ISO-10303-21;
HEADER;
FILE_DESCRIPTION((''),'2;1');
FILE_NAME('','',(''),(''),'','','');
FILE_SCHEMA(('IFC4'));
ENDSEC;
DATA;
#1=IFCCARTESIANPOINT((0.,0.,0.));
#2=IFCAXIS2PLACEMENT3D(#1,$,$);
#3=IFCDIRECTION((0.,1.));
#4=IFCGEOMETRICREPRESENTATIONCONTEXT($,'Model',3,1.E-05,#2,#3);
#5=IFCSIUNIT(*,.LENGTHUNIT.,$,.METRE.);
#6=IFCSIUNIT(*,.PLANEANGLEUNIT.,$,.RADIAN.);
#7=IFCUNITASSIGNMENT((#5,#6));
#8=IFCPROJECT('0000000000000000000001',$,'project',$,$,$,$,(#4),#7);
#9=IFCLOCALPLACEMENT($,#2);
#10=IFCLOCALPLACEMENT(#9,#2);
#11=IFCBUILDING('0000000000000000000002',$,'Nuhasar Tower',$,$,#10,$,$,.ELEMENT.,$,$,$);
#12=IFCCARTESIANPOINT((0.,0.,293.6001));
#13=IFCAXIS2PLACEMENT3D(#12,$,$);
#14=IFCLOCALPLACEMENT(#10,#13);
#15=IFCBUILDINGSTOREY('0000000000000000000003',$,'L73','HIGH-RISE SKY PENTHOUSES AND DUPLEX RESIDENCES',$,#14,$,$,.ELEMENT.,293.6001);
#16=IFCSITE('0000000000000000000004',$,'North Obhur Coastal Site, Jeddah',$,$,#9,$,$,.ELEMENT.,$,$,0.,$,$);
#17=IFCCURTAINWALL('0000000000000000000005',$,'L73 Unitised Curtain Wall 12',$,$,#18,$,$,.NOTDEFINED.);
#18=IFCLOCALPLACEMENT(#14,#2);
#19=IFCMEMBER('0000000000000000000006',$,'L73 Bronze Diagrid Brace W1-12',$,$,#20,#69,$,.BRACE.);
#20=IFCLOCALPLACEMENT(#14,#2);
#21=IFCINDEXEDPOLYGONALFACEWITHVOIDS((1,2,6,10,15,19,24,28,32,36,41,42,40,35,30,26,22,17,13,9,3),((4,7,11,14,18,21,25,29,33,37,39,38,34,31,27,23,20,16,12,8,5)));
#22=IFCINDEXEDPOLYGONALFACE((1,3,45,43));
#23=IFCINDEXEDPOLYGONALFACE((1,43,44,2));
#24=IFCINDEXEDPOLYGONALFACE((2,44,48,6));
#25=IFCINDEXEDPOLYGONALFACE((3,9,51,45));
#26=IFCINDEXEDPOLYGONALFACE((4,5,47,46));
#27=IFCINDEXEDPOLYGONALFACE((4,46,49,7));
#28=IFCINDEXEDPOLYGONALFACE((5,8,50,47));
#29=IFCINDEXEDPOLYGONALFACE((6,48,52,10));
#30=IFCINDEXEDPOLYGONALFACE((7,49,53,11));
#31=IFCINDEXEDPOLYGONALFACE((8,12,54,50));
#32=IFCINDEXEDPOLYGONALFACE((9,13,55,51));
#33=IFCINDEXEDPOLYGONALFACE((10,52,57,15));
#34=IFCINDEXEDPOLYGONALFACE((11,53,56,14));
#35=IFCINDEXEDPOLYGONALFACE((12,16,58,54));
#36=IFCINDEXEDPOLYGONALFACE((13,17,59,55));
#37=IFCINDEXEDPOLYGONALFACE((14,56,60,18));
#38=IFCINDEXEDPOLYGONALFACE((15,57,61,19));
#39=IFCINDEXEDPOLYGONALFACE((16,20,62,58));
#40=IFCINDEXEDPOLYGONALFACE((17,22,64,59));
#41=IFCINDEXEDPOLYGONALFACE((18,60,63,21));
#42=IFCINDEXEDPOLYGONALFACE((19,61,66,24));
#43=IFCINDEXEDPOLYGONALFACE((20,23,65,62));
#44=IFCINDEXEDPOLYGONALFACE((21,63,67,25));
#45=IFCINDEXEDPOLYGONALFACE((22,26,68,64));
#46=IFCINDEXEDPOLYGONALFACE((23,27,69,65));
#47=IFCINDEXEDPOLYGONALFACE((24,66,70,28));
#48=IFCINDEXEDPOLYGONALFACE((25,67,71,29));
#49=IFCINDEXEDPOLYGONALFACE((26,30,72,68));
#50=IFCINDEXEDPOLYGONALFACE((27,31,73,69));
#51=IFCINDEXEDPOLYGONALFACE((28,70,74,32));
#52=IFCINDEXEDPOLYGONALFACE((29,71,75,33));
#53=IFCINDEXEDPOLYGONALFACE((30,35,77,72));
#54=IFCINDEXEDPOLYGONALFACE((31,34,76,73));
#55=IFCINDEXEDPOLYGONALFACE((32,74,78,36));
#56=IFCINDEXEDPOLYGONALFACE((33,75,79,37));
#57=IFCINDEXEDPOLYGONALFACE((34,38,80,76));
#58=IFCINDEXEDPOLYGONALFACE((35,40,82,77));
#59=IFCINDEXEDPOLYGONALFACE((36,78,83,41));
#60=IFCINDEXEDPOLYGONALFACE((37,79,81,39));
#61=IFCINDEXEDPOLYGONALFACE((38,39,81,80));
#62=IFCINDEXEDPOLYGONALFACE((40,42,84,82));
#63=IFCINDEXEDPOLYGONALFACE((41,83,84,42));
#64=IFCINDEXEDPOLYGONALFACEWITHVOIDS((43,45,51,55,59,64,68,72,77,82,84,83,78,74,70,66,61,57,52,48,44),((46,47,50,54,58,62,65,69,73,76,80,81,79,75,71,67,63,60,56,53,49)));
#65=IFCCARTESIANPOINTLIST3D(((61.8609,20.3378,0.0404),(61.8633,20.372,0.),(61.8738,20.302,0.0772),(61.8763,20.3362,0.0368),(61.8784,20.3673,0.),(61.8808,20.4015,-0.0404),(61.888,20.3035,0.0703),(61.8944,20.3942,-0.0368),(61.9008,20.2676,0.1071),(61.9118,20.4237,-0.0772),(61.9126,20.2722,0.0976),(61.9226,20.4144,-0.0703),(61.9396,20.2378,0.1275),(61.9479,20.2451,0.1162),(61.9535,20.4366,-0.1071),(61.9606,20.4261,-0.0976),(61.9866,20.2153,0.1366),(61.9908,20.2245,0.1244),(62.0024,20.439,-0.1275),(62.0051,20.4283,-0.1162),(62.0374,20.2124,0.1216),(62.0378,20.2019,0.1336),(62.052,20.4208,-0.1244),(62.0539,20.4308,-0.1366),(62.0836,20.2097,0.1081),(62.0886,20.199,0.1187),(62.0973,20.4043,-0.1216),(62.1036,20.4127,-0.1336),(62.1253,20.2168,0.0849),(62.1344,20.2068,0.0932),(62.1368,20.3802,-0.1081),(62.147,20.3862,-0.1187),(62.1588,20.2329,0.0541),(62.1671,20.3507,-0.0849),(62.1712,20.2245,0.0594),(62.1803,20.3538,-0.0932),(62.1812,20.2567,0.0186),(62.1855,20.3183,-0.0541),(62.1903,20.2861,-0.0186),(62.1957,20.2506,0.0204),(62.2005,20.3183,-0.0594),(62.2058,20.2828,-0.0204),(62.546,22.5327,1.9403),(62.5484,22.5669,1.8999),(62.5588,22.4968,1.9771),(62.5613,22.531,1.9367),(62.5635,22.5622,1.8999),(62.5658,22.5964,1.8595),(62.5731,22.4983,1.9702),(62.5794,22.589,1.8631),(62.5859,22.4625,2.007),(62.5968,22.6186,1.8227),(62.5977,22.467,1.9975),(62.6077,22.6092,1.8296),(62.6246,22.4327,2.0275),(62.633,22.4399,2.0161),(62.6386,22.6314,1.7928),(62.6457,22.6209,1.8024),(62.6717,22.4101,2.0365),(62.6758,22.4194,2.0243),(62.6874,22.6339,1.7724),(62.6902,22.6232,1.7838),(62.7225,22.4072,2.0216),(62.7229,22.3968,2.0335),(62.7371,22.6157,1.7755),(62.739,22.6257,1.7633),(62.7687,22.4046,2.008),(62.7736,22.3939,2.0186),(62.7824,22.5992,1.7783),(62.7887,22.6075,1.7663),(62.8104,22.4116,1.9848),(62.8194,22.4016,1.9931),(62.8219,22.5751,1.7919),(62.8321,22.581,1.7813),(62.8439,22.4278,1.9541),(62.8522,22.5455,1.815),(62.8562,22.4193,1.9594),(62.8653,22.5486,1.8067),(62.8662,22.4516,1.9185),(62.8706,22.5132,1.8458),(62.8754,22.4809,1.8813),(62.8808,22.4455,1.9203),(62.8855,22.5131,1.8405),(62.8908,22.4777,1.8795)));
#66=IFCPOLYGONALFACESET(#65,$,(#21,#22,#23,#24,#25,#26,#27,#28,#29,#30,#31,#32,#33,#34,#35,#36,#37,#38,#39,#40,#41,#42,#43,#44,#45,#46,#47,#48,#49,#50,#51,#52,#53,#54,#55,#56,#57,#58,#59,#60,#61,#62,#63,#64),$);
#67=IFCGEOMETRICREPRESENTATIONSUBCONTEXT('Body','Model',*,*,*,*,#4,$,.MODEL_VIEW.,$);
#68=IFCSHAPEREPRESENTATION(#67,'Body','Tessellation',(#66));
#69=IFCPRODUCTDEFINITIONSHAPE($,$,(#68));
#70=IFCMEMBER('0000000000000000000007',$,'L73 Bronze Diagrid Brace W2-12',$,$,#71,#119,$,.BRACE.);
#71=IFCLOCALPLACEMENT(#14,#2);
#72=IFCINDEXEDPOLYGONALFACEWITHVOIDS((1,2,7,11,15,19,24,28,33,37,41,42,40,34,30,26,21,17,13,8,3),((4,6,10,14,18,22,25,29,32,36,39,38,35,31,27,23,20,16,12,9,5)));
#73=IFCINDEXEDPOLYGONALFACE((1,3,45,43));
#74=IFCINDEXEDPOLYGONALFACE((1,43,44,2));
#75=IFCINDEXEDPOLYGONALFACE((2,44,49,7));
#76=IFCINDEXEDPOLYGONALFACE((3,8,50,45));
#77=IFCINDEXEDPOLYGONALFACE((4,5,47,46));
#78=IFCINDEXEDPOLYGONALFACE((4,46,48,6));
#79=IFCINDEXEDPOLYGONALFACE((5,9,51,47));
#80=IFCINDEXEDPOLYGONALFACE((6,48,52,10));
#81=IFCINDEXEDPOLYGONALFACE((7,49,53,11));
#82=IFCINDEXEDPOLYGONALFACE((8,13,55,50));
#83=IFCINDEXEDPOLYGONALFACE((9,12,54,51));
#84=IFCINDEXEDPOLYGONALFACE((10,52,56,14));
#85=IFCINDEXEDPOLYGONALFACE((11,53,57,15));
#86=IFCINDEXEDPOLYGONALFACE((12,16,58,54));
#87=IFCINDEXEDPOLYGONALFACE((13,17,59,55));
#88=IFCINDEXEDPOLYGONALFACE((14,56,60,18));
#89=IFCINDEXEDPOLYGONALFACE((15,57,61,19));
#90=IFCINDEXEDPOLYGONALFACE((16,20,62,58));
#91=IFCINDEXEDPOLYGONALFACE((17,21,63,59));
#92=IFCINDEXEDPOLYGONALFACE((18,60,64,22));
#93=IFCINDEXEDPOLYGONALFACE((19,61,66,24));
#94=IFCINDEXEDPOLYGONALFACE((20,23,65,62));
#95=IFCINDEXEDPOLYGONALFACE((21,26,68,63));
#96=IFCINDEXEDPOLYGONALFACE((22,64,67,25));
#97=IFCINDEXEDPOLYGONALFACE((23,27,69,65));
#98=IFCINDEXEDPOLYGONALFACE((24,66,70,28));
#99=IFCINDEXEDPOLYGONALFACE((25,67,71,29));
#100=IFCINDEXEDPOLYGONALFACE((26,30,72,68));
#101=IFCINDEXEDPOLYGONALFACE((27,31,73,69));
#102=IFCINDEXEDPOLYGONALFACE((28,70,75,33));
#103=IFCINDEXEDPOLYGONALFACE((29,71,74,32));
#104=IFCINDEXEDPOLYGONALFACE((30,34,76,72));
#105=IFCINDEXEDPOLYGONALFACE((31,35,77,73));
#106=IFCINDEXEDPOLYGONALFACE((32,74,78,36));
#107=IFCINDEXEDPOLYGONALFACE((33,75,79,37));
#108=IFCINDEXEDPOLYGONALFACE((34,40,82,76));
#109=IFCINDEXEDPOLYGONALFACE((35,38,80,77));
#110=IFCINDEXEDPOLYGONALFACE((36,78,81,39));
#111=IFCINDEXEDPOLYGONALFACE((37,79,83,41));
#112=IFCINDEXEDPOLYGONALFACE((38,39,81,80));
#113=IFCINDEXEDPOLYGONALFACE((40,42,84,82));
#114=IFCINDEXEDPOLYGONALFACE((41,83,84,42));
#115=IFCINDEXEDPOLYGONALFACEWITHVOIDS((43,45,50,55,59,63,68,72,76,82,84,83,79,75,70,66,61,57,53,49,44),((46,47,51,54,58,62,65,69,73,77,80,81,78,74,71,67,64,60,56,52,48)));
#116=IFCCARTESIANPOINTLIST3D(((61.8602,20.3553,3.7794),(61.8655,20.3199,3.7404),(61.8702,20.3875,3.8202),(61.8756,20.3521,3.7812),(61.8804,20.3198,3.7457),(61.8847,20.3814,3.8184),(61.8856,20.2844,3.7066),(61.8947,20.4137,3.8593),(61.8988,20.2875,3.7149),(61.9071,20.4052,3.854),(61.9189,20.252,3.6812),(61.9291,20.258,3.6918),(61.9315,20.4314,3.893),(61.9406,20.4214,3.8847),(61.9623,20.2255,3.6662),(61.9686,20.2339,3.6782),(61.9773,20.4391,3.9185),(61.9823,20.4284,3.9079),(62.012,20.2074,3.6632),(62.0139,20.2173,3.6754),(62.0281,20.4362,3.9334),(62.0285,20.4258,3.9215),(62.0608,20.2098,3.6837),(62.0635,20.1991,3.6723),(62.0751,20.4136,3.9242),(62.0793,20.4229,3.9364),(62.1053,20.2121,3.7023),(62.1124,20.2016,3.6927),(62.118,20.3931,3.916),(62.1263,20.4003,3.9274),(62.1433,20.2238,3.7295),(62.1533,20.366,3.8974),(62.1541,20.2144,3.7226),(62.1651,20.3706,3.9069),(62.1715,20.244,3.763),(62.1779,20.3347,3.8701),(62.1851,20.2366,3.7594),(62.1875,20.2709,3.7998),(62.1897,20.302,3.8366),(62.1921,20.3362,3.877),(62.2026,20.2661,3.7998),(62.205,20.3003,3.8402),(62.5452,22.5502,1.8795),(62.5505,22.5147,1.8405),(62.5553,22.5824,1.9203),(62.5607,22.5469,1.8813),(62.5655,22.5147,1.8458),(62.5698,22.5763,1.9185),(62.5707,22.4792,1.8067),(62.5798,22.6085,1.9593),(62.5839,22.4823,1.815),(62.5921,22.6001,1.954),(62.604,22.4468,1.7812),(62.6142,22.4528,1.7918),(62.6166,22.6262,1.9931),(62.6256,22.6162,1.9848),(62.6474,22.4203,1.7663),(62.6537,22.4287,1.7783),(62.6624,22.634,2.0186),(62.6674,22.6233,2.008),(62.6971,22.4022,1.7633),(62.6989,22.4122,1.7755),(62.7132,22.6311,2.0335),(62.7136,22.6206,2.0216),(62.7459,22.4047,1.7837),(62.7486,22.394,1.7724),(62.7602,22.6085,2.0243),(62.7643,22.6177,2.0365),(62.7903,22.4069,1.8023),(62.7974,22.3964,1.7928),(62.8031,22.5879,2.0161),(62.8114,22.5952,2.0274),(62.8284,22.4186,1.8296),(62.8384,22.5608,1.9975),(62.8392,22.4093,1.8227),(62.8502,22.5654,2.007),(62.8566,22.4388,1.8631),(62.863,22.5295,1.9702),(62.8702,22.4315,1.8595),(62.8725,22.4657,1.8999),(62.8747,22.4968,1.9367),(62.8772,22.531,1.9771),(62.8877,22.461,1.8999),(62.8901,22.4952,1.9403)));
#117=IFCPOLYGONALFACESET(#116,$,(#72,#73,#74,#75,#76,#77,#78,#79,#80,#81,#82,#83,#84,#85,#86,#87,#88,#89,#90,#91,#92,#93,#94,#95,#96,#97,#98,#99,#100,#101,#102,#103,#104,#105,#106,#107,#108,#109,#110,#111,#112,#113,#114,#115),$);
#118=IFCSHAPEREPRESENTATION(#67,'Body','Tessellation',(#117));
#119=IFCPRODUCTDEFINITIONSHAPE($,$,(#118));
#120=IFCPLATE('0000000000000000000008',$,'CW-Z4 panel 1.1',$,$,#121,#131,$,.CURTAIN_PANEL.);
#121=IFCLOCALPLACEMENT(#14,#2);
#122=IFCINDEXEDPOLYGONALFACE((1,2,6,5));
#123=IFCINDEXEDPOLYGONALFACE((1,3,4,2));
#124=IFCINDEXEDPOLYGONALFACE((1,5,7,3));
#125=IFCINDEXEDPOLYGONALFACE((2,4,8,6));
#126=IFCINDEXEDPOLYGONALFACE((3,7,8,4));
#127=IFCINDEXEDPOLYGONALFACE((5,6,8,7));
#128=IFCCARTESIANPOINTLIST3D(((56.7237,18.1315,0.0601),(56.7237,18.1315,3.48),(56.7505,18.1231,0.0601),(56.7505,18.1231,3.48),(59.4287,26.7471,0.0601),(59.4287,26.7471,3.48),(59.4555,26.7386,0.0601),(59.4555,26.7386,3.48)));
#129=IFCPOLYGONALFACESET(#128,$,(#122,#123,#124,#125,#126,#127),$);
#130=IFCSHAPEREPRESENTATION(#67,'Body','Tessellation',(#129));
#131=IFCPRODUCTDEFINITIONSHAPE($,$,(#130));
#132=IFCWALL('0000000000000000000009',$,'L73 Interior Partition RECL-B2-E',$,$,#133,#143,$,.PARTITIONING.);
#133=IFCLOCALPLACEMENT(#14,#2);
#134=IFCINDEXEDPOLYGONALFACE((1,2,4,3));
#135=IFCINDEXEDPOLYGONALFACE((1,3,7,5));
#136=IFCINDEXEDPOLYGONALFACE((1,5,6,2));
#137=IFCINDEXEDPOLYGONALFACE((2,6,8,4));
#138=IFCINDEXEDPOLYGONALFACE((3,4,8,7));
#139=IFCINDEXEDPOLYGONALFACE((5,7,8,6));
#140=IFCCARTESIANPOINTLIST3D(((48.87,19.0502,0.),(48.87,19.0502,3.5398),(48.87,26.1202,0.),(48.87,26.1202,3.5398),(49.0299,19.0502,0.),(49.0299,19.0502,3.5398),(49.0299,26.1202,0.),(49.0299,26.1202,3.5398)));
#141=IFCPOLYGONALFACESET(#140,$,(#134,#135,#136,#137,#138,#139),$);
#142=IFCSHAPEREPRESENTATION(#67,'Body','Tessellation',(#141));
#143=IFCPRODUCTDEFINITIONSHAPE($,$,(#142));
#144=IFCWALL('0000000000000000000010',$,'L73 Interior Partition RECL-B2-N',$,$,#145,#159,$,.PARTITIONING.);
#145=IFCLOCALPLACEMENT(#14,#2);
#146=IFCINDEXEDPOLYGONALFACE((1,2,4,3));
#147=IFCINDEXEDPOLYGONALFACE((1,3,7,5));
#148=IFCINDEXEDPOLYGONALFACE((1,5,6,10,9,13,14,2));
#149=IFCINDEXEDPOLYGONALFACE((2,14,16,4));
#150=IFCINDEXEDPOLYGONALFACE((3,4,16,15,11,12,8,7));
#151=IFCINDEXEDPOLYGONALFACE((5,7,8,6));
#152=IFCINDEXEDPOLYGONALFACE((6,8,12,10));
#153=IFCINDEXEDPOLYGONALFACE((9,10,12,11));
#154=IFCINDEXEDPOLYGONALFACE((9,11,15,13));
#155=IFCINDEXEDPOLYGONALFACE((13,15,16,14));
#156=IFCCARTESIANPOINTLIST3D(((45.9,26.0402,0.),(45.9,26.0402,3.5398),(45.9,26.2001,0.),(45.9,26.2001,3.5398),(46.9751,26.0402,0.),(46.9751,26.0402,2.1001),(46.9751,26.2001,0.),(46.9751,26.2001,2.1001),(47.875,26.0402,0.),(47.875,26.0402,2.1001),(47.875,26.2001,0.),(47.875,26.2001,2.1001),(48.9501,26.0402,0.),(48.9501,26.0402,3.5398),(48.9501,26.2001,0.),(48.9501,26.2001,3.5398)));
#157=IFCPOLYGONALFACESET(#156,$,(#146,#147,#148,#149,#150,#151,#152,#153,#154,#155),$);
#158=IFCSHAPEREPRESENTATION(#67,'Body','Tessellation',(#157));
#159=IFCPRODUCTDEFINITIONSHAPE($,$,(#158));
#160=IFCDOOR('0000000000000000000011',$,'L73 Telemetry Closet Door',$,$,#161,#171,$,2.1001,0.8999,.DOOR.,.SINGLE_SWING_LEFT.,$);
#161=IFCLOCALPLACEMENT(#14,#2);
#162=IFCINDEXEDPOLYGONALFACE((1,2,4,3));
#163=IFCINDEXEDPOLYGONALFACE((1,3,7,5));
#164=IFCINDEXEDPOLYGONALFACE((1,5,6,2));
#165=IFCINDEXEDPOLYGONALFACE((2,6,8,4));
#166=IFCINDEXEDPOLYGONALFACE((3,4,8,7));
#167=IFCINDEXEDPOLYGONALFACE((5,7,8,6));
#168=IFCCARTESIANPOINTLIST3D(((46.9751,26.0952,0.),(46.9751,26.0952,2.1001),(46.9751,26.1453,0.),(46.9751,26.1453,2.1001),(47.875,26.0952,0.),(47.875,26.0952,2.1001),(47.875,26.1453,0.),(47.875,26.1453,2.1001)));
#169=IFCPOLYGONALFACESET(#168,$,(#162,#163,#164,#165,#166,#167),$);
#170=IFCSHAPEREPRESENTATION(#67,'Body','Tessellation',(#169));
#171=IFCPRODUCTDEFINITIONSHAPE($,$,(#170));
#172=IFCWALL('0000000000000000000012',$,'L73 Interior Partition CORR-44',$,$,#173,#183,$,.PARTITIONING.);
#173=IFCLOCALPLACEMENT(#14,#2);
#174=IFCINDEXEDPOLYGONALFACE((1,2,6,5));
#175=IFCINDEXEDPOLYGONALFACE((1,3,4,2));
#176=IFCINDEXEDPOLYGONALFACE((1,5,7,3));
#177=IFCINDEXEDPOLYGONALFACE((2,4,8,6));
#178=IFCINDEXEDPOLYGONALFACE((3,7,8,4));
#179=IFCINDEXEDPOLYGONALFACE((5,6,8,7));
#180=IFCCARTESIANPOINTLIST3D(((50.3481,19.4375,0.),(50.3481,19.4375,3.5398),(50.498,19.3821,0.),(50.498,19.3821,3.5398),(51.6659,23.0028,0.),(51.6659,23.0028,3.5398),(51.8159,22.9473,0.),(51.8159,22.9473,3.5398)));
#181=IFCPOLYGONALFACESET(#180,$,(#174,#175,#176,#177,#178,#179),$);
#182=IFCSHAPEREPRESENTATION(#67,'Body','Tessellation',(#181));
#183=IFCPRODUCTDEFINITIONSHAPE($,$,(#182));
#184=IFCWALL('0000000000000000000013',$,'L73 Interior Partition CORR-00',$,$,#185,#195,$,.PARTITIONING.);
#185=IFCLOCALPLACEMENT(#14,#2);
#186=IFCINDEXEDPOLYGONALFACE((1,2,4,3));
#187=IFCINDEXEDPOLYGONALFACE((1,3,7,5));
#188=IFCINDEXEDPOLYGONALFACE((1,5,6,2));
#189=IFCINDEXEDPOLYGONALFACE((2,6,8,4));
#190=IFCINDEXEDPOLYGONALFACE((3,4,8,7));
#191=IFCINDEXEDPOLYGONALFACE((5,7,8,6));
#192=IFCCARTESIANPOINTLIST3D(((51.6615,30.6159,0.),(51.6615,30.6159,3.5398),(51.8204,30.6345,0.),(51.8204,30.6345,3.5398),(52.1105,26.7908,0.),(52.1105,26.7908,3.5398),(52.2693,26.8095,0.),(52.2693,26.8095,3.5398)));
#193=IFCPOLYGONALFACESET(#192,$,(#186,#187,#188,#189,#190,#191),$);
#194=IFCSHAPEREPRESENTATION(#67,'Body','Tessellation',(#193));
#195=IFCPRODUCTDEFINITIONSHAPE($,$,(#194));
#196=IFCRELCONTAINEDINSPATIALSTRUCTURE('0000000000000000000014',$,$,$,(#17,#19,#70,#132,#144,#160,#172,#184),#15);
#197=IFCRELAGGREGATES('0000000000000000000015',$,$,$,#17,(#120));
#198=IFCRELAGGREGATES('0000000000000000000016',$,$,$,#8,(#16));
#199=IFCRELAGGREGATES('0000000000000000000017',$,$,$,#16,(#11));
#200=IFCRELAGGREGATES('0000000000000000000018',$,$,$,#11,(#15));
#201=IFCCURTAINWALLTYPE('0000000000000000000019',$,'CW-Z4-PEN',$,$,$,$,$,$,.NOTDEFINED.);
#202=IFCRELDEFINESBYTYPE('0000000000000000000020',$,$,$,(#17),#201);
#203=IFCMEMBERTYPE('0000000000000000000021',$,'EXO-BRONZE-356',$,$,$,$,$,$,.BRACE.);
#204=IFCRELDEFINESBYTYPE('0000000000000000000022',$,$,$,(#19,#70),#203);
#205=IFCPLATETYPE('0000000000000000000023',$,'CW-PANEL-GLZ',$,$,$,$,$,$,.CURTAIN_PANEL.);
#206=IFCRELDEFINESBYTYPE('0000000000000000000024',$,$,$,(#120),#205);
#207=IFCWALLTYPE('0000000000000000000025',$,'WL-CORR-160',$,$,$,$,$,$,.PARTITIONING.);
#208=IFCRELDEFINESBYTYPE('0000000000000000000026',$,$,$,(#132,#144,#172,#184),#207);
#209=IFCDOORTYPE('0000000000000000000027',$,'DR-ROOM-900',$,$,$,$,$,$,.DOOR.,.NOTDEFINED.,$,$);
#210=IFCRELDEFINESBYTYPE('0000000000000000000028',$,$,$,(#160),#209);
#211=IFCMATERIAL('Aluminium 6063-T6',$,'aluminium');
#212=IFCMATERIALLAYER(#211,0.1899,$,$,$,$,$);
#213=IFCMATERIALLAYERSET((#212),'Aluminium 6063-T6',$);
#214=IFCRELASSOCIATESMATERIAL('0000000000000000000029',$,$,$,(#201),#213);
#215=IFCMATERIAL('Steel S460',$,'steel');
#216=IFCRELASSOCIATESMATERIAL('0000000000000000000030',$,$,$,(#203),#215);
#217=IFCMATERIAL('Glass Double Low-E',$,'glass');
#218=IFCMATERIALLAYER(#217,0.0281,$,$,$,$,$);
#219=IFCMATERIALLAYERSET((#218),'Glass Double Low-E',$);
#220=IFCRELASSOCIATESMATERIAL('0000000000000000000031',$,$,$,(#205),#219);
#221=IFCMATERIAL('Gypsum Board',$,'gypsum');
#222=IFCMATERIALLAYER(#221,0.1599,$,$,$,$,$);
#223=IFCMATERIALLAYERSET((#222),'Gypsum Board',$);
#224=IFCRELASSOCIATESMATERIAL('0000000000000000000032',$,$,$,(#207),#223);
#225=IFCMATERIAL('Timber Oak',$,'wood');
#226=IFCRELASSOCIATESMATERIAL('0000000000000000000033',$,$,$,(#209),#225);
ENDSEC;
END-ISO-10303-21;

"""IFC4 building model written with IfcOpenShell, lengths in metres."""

from ifc_helpers import new_model, si_unit, direction, frame, frame_2d, origin, origin_2d, place, context, subcontext, project, spatial, rectangle, hollow_circle, extrude, material, layer, layer_set, material_profile, profile_set, type_object, element, fill, aggregate, save


model = new_model("IFC4")

# Units and contexts
model_context = context("Model", 3, precision=1e-05, world=origin(), true_north=direction((0.0, 1.0)))
body_context = subcontext(model_context, "Body", "Model", "MODEL_VIEW")
ifc_project = project(units=[si_unit("LENGTHUNIT", "METRE"), si_unit("PLANEANGLEUNIT", "RADIAN")], contexts=[model_context])

# Site, building, storey
site_placement = place(None, origin())
site = spatial("IfcSite", under=ifc_project, at=site_placement, Name="North Obhur Coastal Site, Jeddah", CompositionType="ELEMENT", RefElevation=0.0)
building_placement = place(site_placement, origin())
building = spatial("IfcBuilding", under=site, at=building_placement, Name="Nuhasar Tower", CompositionType="ELEMENT")
storey_placement = place(building_placement, frame((0.0, 0.0, 293.6001)))
storey = spatial("IfcBuildingStorey", under=building, at=storey_placement, Name="L73", Description="HIGH-RISE SKY PENTHOUSES AND DUPLEX RESIDENCES", CompositionType="ELEMENT", Elevation=293.6001)

# Curtain wall
ifc_material_1 = material(Name="Aluminium 6063-T6", Category="aluminium")
ifc_layer_1 = layer(ifc_material_1, 0.1899)
ifc_layer_set_1 = layer_set([ifc_layer_1], Name="Aluminium 6063-T6")
curtain_wall_type = type_object("IfcCurtainWallType", Name="CW-Z4-PEN", PredefinedType="NOTDEFINED", material=ifc_layer_set_1)
curtain_wall_1_placement = place(storey_placement, origin())
curtain_wall_1 = element("IfcCurtainWall", 1, at=curtain_wall_1_placement, inside=storey, type_object=curtain_wall_type, Name="L73 Unitised Curtain Wall 12", PredefinedType="NOTDEFINED")

# Members
ifc_material_2 = material(Name="Steel S460", Category="steel")
ifc_material_profile_1 = material_profile(ifc_material_2, hollow_circle(Radius=0.1777, WallThickness=0.0159, at=origin_2d()), Name="HSS355.6X15.9")
ifc_profile_set_1 = profile_set([ifc_material_profile_1], Name="Steel S460")
member_type_1 = type_object("IfcMemberType", Name="EXO-BRONZE-356", PredefinedType="BRACE", material=ifc_profile_set_1)
for number, where, z_axis, x_axis, name in (
    (2, (62.033, 20.3191, 0.0), (0.229681, 0.735864, 0.636985), (-0.954582, 0.297948, 0.0), "L73 Bronze Diagrid Brace W1-12"),
    (3, (62.718, 22.5139, 1.8999), (-0.229681, -0.735864, 0.636985), (0.954582, -0.297948, 0.0), "L73 Bronze Diagrid Brace W2-12"),
):
    element("IfcMember", number, at=place(storey_placement, frame(where, z_axis=z_axis, x_axis=x_axis)), inside=storey, type_object=member_type_1, Name=name, PredefinedType="BRACE", context=body_context, shape_type="SweptSolid", body=[
        extrude(hollow_circle(Radius=0.1777, WallThickness=0.0159, at=origin_2d()), origin(), (0.0, 0.0, 1.0), 2.9827),
    ])

# Plate
ifc_material_3 = material(Name="Glass Double Low-E", Category="glass")
ifc_layer_2 = layer(ifc_material_3, 0.0281)
ifc_layer_set_2 = layer_set([ifc_layer_2], Name="Glass Double Low-E")
plate_type = type_object("IfcPlateType", Name="CW-PANEL-GLZ", PredefinedType="CURTAIN_PANEL", material=ifc_layer_set_2)
plate_placement = place(storey_placement, frame((58.0896, 22.4351, 0.0601), z_axis=(0.0, 0.0, 1.0), x_axis=(0.299557, 0.954079, 0.0)))
plate = element("IfcPlate", 4, at=plate_placement, type_object=plate_type, Name="CW-Z4 panel 1.1", PredefinedType="CURTAIN_PANEL", context=body_context, shape_type="SweptSolid", body=[
    extrude(rectangle(XDim=9.0303, YDim=0.0281, at=origin_2d()), origin(), (0.0, 0.0, 1.0), 3.4199),
])
aggregate(curtain_wall_1, [plate])

# Wall
ifc_material_4 = material(Name="Gypsum Board", Category="gypsum")
ifc_layer_3 = layer(ifc_material_4, 0.1599)
ifc_layer_set_3 = layer_set([ifc_layer_3], Name="Gypsum Board")
wall_type_1 = type_object("IfcWallType", Name="WL-CORR-160", PredefinedType="PARTITIONING", material=ifc_layer_set_3)
wall_1_placement = place(storey_placement, frame((48.95, 19.05, 0.0), z_axis=(0.0, 0.0, 1.0), x_axis=(0.0, 1.0, 0.0)))
element("IfcWall", 5, at=wall_1_placement, inside=storey, type_object=wall_type_1, Name="L73 Interior Partition RECL-B2-E", PredefinedType="PARTITIONING", context=body_context, shape_type="SweptSolid", body=[
    extrude(rectangle(XDim=7.0701, YDim=0.1599, at=frame_2d((3.5352, 0.0))), origin(), (0.0, 0.0, 1.0), 3.5398),
])

# Wall, opening, door
wall_2_placement = place(storey_placement, frame((48.95, 26.1201, 0.0), z_axis=(0.0, 0.0, 1.0), x_axis=(-1.0, 0.0, 0.0)))
wall_2 = element("IfcWall", 6, at=wall_2_placement, inside=storey, type_object=wall_type_1, Name="L73 Interior Partition RECL-B2-N", PredefinedType="PARTITIONING", context=body_context, shape_type="SweptSolid", body=[
    extrude(rectangle(XDim=3.05, YDim=0.1599, at=frame_2d((1.5249, 0.0))), origin(), (0.0, 0.0, 1.0), 3.5398),
])
opening_1_placement = place(wall_2_placement, frame((1.075, 0.0, 0.0)))
opening_1 = element("IfcOpeningElement", 7, at=opening_1_placement, cuts=wall_2, PredefinedType="OPENING", context=body_context, shape_type="SweptSolid", body=[
    extrude(rectangle(XDim=0.8999, YDim=2.1001, at=frame_2d((0.45, 1.05))), frame((0.0, 0.0898, 0.0), z_axis=(0.0, -1.0, 0.0), x_axis=(1.0, 0.0, 0.0)), (0.0, 0.0, 1.0), 0.1799),
])
ifc_material_5 = material(Name="Timber Oak", Category="wood")
door_type_1 = type_object("IfcDoorType", Name="DR-ROOM-900", OperationType="NOTDEFINED", PredefinedType="DOOR", material=ifc_material_5)
door_1_placement = place(opening_1_placement, origin())
door_1 = element("IfcDoor", 8, at=door_1_placement, inside=storey, type_object=door_type_1, Name="L73 Telemetry Closet Door", OperationType="SINGLE_SWING_LEFT", OverallHeight=2.1001, OverallWidth=0.8999, PredefinedType="DOOR", context=body_context, shape_type="SweptSolid", body=[
    extrude(rectangle(XDim=0.8999, YDim=2.1001, at=frame_2d((0.45, 1.05))), frame((0.0, 0.0249, 0.0), z_axis=(0.0, -1.0, 0.0), x_axis=(1.0, 0.0, 0.0)), (0.0, 0.0, 1.0), 0.05),
])
fill(opening_1, door_1)

# Wall
wall_3_placement = place(storey_placement, frame((50.4231, 19.4099, 0.0), z_axis=(0.0, 0.0, 1.0), x_axis=(0.34672, 0.937969, 0.0)))
element("IfcWall", 9, at=wall_3_placement, inside=storey, type_object=wall_type_1, Name="L73 Interior Partition CORR-44", PredefinedType="PARTITIONING", context=body_context, shape_type="SweptSolid", body=[
    extrude(rectangle(XDim=3.801, YDim=0.1599, at=frame_2d((1.9004, 0.0))), origin(), (0.0, 0.0, 1.0), 3.5398),
])

# Wall
wall_4_placement = place(storey_placement, frame((52.1899, 26.8, 0.0), z_axis=(0.0, 0.0, 1.0), x_axis=(-0.11658, 0.993181, 0.0)))
element("IfcWall", 10, at=wall_4_placement, inside=storey, type_object=wall_type_1, Name="L73 Interior Partition CORR-00", PredefinedType="PARTITIONING", context=body_context, shape_type="SweptSolid", body=[
    extrude(rectangle(XDim=3.8513, YDim=0.1599, at=frame_2d((1.9258, 0.0))), origin(), (0.0, 0.0, 1.0), 3.5398),
])

save(model, "model.ifc")
